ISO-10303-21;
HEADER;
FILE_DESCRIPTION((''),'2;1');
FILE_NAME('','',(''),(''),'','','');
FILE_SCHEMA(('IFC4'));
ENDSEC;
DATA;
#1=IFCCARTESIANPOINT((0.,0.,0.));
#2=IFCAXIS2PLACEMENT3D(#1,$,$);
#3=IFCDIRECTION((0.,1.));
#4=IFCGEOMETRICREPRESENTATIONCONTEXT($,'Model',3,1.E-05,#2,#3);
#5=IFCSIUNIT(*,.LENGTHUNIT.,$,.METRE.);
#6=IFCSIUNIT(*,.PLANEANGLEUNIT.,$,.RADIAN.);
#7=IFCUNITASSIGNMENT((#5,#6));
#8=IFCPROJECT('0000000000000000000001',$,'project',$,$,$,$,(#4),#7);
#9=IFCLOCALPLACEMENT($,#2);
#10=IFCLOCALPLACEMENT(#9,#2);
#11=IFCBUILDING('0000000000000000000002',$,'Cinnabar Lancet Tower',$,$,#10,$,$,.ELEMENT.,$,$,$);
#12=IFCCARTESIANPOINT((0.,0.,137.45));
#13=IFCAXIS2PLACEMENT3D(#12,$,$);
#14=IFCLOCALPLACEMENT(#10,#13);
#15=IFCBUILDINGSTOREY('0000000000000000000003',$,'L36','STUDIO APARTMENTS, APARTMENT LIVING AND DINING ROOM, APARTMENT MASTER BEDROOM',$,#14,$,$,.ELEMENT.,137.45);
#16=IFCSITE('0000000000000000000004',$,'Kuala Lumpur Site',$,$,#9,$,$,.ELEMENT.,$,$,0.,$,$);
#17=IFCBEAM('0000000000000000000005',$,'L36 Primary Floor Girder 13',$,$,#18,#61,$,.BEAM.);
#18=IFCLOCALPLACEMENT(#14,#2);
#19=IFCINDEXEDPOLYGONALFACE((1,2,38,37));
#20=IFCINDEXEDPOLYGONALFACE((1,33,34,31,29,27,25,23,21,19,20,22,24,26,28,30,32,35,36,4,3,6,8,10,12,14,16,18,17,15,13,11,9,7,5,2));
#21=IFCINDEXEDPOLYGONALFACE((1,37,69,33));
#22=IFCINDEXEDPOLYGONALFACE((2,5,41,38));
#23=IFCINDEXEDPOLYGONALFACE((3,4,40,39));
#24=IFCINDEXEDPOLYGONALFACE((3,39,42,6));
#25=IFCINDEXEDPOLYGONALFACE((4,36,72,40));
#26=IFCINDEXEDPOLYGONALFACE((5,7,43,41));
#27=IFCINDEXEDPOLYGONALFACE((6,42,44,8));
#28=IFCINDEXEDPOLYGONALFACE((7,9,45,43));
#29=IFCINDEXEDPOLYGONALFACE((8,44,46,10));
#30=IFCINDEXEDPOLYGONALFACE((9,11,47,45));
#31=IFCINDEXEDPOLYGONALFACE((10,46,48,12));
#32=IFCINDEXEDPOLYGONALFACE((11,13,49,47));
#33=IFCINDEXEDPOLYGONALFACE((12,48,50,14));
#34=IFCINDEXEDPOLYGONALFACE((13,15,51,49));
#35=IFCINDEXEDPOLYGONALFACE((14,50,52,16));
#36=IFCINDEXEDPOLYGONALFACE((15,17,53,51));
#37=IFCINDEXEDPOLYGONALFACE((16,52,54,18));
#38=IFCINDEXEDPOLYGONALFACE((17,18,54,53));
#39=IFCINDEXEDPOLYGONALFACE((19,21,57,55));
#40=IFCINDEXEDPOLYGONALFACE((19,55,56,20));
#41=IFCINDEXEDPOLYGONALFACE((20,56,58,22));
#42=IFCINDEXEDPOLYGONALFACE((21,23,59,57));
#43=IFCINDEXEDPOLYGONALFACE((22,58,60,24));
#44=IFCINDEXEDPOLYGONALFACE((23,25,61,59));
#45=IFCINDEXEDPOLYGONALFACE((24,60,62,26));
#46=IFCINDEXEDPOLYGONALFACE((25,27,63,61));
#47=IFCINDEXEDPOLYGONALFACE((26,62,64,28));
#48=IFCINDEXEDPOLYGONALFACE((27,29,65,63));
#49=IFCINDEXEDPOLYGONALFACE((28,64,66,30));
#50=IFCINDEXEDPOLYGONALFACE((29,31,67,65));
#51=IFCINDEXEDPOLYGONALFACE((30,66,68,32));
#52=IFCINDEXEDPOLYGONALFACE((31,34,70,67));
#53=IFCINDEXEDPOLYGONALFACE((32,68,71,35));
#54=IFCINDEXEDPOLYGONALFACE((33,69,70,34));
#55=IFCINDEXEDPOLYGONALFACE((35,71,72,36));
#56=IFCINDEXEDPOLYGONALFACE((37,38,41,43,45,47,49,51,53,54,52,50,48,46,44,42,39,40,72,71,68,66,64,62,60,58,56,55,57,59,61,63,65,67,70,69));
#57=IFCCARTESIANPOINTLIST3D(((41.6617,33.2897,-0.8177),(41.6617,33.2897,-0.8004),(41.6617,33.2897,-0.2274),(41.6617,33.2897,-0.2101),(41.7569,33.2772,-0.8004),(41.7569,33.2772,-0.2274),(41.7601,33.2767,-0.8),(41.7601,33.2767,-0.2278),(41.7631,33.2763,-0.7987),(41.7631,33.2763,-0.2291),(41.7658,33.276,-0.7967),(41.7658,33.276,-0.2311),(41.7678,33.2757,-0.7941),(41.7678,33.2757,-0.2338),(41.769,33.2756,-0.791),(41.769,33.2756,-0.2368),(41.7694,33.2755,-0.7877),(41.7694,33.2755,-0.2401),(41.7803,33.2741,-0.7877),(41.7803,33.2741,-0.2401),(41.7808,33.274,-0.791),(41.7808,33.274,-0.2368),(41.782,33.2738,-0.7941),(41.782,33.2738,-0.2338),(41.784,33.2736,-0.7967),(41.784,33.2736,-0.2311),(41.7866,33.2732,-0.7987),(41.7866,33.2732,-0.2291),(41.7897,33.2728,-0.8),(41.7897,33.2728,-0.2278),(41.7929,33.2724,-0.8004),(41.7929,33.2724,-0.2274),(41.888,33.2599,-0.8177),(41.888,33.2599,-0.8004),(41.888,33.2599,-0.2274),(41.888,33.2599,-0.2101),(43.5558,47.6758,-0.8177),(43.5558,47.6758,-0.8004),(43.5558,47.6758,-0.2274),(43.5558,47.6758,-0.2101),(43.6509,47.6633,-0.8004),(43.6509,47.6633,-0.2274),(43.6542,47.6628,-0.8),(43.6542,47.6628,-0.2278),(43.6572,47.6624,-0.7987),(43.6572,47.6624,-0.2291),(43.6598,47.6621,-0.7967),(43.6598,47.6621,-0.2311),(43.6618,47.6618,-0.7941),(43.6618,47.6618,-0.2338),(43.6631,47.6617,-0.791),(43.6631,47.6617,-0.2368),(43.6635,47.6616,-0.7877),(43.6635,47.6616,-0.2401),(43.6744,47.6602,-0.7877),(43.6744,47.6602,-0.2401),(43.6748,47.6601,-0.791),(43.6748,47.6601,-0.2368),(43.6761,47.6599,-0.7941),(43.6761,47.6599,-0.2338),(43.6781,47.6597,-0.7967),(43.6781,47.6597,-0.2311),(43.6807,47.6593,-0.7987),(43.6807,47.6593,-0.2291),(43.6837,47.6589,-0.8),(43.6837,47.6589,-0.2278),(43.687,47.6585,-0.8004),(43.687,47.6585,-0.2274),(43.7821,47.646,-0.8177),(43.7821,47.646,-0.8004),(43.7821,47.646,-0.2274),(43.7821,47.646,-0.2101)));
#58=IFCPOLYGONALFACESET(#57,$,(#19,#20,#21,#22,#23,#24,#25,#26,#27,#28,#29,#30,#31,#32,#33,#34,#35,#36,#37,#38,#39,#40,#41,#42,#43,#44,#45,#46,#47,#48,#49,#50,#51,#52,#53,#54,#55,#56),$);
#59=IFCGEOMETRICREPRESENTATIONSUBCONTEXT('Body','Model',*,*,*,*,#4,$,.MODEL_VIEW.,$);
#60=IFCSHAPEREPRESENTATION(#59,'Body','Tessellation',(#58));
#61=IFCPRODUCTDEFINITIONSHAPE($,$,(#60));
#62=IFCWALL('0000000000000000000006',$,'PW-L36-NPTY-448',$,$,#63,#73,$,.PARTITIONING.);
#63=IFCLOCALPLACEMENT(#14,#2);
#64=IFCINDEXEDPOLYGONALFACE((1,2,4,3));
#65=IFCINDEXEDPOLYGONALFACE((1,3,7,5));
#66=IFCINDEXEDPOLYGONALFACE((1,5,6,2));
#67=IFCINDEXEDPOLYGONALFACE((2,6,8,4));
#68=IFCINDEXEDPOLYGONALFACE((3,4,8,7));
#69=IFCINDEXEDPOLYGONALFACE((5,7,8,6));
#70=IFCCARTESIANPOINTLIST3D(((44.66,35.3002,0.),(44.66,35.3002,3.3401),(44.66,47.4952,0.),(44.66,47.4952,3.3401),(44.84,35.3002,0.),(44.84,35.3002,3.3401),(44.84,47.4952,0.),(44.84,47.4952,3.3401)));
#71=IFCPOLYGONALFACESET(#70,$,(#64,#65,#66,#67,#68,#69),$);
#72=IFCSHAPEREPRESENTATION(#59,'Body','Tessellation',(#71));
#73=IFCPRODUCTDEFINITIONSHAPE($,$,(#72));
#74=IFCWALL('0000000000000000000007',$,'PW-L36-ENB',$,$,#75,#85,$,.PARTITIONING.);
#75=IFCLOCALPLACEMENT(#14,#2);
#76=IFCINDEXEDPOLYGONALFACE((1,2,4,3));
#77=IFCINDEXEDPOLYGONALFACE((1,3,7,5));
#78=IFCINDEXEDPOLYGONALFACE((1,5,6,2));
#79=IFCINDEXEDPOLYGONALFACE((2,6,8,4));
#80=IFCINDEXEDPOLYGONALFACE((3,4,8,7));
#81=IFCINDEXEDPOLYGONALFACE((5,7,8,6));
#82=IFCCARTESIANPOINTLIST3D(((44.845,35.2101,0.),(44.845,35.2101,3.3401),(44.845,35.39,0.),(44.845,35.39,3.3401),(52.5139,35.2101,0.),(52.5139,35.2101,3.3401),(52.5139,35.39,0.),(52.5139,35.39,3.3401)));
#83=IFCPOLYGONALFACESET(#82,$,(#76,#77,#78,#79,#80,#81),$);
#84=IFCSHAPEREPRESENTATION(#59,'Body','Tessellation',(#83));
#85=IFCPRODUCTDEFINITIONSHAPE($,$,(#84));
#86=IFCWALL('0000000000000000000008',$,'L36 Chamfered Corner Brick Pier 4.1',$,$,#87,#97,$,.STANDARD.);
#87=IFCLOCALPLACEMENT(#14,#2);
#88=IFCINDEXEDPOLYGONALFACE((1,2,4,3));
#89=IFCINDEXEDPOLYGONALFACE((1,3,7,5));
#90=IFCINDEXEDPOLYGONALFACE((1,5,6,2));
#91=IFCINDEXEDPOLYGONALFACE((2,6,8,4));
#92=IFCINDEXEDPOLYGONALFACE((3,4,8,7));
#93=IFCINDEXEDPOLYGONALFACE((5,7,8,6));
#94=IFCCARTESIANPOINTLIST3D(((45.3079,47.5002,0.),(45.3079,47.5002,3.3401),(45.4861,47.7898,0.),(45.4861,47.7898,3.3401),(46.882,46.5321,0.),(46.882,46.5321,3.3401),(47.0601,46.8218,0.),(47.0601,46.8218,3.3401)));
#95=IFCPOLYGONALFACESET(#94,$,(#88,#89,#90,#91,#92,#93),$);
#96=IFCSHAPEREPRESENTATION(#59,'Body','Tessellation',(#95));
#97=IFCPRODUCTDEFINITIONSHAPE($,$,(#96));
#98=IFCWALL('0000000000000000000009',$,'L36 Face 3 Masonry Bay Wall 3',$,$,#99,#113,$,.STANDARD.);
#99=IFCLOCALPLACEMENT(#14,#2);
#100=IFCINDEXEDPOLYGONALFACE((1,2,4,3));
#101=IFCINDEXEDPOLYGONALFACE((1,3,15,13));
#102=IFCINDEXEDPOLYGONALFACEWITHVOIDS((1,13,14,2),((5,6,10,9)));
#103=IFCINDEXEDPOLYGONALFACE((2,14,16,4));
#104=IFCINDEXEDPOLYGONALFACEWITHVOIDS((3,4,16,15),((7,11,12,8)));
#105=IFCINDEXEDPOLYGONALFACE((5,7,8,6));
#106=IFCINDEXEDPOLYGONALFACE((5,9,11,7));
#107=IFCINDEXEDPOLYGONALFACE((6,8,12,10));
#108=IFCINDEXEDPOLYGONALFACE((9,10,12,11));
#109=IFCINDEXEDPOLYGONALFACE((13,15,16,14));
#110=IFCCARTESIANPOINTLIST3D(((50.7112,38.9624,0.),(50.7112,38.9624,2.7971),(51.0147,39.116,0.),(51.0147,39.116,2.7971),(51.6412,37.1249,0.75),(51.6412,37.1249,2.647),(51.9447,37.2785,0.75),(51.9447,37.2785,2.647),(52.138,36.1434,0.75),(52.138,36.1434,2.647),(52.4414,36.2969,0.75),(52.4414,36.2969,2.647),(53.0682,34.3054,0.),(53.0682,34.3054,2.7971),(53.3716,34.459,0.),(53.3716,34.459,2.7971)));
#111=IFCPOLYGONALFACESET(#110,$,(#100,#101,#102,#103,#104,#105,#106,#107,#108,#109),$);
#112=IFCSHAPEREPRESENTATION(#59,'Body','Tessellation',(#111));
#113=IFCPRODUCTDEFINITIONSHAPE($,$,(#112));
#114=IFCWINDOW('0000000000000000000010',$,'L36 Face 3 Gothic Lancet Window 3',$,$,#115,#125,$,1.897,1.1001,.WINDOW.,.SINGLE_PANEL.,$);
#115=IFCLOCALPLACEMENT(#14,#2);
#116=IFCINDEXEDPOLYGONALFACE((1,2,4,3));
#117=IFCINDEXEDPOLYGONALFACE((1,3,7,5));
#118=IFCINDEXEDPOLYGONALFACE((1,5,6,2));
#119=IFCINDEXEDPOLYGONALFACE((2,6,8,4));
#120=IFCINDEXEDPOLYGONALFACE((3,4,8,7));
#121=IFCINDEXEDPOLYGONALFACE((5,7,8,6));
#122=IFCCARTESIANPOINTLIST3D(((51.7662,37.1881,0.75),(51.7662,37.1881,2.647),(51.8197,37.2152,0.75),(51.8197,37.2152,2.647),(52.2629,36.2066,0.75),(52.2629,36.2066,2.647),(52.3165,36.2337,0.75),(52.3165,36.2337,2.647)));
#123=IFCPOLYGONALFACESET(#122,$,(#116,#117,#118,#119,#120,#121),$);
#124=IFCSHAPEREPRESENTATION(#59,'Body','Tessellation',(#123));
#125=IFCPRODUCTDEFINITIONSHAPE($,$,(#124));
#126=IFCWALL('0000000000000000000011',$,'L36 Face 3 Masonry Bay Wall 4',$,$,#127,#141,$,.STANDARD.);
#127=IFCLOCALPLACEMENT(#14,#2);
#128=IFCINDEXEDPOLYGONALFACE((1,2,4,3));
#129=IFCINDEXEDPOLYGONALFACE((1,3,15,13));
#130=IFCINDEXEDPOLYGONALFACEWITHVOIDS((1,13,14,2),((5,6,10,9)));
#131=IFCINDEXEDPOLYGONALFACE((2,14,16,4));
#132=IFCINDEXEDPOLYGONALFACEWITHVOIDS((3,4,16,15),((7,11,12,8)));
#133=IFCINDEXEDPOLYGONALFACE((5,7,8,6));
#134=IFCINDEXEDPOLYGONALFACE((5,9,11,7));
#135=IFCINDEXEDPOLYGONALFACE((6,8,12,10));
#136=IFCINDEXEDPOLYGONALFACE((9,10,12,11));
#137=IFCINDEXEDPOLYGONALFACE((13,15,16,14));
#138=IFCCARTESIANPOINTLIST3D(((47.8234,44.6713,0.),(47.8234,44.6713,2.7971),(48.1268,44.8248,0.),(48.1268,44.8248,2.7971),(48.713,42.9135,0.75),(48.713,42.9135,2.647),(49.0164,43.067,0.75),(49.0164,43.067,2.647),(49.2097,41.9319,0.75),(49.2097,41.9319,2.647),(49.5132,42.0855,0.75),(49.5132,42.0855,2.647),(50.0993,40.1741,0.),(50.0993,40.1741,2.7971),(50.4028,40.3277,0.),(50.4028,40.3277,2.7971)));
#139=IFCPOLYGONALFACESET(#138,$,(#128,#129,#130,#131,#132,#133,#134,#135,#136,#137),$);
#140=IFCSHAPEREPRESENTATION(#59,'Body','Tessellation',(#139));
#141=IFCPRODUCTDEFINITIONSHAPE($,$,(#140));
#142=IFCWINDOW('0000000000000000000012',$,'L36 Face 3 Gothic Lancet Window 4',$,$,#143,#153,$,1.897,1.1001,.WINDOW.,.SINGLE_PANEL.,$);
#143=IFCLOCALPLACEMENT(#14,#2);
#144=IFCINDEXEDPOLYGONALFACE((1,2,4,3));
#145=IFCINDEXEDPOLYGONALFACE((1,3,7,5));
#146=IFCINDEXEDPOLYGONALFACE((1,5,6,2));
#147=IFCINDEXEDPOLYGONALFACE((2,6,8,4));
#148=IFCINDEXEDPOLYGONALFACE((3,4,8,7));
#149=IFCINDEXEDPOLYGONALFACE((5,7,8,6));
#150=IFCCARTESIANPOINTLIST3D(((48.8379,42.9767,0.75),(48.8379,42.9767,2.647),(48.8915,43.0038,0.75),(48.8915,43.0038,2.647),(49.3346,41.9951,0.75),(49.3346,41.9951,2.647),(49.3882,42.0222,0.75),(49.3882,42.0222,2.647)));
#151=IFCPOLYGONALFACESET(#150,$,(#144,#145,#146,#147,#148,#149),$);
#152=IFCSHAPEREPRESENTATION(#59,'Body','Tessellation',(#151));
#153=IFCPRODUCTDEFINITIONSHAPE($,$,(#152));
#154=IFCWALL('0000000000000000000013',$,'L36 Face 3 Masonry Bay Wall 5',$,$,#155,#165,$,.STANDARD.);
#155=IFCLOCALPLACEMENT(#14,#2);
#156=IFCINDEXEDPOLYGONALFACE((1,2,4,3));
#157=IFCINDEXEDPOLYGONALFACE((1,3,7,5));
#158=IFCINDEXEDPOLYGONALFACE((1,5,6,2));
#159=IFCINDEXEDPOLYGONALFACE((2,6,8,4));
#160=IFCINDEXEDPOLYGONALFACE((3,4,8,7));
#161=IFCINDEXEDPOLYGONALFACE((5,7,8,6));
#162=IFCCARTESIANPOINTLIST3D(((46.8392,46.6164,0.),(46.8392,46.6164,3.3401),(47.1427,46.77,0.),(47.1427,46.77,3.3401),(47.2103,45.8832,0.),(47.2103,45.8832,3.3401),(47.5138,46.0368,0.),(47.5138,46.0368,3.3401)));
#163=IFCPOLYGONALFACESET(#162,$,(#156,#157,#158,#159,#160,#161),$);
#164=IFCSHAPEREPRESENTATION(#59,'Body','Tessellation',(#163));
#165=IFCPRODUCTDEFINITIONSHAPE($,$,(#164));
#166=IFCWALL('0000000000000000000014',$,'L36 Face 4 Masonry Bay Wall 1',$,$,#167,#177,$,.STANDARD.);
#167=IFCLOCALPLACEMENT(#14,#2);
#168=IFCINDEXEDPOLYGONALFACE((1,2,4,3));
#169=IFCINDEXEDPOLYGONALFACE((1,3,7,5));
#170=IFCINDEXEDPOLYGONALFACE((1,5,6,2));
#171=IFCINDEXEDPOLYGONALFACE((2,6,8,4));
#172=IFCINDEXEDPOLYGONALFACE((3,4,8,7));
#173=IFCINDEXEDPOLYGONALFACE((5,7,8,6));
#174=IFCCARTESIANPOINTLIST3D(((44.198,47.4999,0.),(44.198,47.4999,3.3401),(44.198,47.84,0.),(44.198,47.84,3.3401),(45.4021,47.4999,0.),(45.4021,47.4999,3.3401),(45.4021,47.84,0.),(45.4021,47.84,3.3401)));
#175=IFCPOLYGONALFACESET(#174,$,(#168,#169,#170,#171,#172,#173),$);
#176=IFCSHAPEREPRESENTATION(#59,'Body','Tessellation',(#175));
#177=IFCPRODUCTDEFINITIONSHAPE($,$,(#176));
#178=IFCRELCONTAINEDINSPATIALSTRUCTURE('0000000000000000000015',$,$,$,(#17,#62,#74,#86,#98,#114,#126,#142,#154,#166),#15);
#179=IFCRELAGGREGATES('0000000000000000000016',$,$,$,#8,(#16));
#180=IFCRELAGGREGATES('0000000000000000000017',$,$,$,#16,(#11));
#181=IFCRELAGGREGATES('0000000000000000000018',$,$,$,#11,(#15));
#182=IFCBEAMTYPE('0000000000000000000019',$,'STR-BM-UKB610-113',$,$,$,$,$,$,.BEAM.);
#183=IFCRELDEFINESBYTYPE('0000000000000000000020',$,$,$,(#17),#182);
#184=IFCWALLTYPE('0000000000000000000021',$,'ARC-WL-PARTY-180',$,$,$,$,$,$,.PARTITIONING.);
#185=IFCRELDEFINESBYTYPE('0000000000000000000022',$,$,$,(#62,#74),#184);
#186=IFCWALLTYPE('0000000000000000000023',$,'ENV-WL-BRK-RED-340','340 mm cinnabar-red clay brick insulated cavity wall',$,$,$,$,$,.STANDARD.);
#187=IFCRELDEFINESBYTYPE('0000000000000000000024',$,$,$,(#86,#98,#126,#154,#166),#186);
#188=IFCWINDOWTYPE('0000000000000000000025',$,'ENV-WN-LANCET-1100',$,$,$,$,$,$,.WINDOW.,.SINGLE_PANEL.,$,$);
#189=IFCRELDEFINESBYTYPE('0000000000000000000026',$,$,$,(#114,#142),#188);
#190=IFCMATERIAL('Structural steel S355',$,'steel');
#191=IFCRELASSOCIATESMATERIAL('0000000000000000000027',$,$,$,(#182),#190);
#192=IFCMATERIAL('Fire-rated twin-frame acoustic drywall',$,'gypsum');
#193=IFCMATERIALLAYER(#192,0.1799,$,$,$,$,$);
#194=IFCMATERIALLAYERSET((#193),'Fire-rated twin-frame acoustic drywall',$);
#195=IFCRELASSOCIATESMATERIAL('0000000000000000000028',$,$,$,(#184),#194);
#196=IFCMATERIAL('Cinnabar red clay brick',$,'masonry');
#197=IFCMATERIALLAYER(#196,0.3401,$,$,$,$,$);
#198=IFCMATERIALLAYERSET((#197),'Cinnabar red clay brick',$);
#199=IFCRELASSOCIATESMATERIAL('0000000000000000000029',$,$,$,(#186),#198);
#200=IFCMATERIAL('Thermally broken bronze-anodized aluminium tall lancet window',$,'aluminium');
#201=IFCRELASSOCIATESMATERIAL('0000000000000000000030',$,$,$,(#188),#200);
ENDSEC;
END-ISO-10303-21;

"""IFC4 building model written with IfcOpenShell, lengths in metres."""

from ifc_helpers import new_model, si_unit, direction, frame, frame_2d, origin, origin_2d, place, context, subcontext, project, spatial, rectangle, i_section, extrude, material, layer, layer_set, material_profile, profile_set, type_object, element, fill, save


model = new_model("IFC4")

# Units and contexts
model_context = context("Model", 3, precision=1e-05, world=origin(), true_north=direction((0.0, 1.0)))
body_context = subcontext(model_context, "Body", "Model", "MODEL_VIEW")
ifc_project = project(units=[si_unit("LENGTHUNIT", "METRE"), si_unit("PLANEANGLEUNIT", "RADIAN")], contexts=[model_context])

# Site, building, storey
site_placement = place(None, origin())
site = spatial("IfcSite", under=ifc_project, at=site_placement, Name="Kuala Lumpur Site", CompositionType="ELEMENT", RefElevation=0.0)
building_placement = place(site_placement, origin())
building = spatial("IfcBuilding", under=site, at=building_placement, Name="Cinnabar Lancet Tower", CompositionType="ELEMENT")
storey_placement = place(building_placement, frame((0.0, 0.0, 137.45)))
storey = spatial("IfcBuildingStorey", under=building, at=storey_placement, Name="L36", Description="STUDIO APARTMENTS, APARTMENT LIVING AND DINING ROOM, APARTMENT MASTER BEDROOM", CompositionType="ELEMENT", Elevation=137.45)

# Beam
ifc_material_1 = material(Name="Structural steel S355", Category="steel")
ifc_material_profile_1 = material_profile(ifc_material_1, i_section(OverallWidth=0.2283, OverallDepth=0.6077, WebThickness=0.011, FlangeThickness=0.0173, FilletRadius=0.0127, at=origin_2d()), Name="UKB 610x229x113")
ifc_profile_set_1 = profile_set([ifc_material_profile_1], Name="Structural steel S355")
beam_type_1 = type_object("IfcBeamType", Name="STR-BM-UKB610-113", PredefinedType="BEAM", material=ifc_profile_set_1)
beam_1_placement = place(storey_placement, frame((43.6689, 47.6609, -0.5139), z_axis=(-0.130532, -0.991444, 0.0), x_axis=(0.991444, -0.130532, 0.0)))
element("IfcBeam", 1, at=beam_1_placement, inside=storey, type_object=beam_type_1, Name="L36 Primary Floor Girder 13", PredefinedType="BEAM", context=body_context, shape_type="SweptSolid", body=[
    extrude(i_section(OverallWidth=0.2283, OverallDepth=0.6077, WebThickness=0.011, FlangeThickness=0.0173, FilletRadius=0.0127, at=origin_2d()), origin(), (0.0, 0.0, 1.0), 14.5103),
])

# Walls
ifc_material_2 = material(Name="Fire-rated twin-frame acoustic drywall", Category="gypsum")
ifc_layer_1 = layer(ifc_material_2, 0.1799)
ifc_layer_set_1 = layer_set([ifc_layer_1], Name="Fire-rated twin-frame acoustic drywall")
wall_type_1 = type_object("IfcWallType", Name="ARC-WL-PARTY-180", PredefinedType="PARTITIONING", material=ifc_layer_set_1)
wall_1_placement = place(storey_placement, frame((44.75, 35.3, 0.0), z_axis=(0.0, 0.0, 1.0), x_axis=(0.0, 1.0, 0.0)))
element("IfcWall", 2, at=wall_1_placement, inside=storey, type_object=wall_type_1, Name="PW-L36-NPTY-448", PredefinedType="PARTITIONING", context=body_context, shape_type="SweptSolid", body=[
    extrude(rectangle(XDim=12.1951, YDim=0.1799, at=frame_2d((6.0977, 0.0))), origin(), (0.0, 0.0, 1.0), 3.3401),
])
wall_2_placement = place(storey_placement, frame((44.845, 35.3, 0.0), z_axis=(0.0, 0.0, 1.0), x_axis=(1.0, 0.0, 0.0)))
element("IfcWall", 3, at=wall_2_placement, inside=storey, type_object=wall_type_1, Name="PW-L36-ENB", PredefinedType="PARTITIONING", context=body_context, shape_type="SweptSolid", body=[
    extrude(rectangle(XDim=7.6689, YDim=0.1799, at=frame_2d((3.8345, 0.0))), origin(), (0.0, 0.0, 1.0), 3.3401),
])
ifc_material_3 = material(Name="Cinnabar red clay brick", Category="masonry")
ifc_layer_2 = layer(ifc_material_3, 0.3401)
ifc_layer_set_2 = layer_set([ifc_layer_2], Name="Cinnabar red clay brick")
wall_type_2 = type_object("IfcWallType", Name="ENV-WL-BRK-RED-340", Description="340 mm cinnabar-red clay brick insulated cavity wall", PredefinedType="STANDARD", material=ifc_layer_set_2)
wall_3_placement = place(storey_placement, frame((46.9709, 46.677, 0.0), z_axis=(0.0, 0.0, 1.0), x_axis=(-0.851799, 0.523869, 0.0)))
element("IfcWall", 4, at=wall_3_placement, inside=storey, type_object=wall_type_2, Name="L36 Chamfered Corner Brick Pier 4.1", PredefinedType="STANDARD", context=body_context, shape_type="SweptSolid", body=[
    extrude(rectangle(XDim=1.8479, YDim=0.3401, at=frame_2d((0.9238, 0.0))), origin(), (0.0, 0.0, 1.0), 3.3401),
])

# Walls, openings, windows
wall_4_placement = place(storey_placement, frame((53.22, 34.3821, 0.0), z_axis=(0.0, 0.0, 1.0), x_axis=(-0.451568, 0.892237, 0.0)))
wall_4 = element("IfcWall", 5, at=wall_4_placement, inside=storey, type_object=wall_type_2, Name="L36 Face 3 Masonry Bay Wall 3", PredefinedType="STANDARD", context=body_context, shape_type="SweptSolid", body=[
    extrude(rectangle(XDim=5.2195, YDim=0.3401, at=frame_2d((2.6099, 0.0))), origin(), (0.0, 0.0, 1.0), 2.7971),
])
opening_1_placement = place(wall_4_placement, frame((2.0601, 0.0, 0.75)))
opening_1 = element("IfcOpeningElement", 6, at=opening_1_placement, cuts=wall_4, PredefinedType="OPENING", context=body_context, shape_type="SweptSolid", body=[
    extrude(rectangle(XDim=1.1001, YDim=1.897, at=frame_2d((0.55, 0.9485))), frame((0.0, 0.1799, 0.0), z_axis=(0.0, -1.0, 0.0), x_axis=(1.0, 0.0, 0.0)), (0.0, 0.0, 1.0), 0.3601),
])
ifc_material_4 = material(Name="Thermally broken bronze-anodized aluminium tall lancet window", Category="aluminium")
window_type = type_object("IfcWindowType", Name="ENV-WN-LANCET-1100", PartitioningType="SINGLE_PANEL", PredefinedType="WINDOW", material=ifc_material_4)
window_1_placement = place(opening_1_placement, origin())
window_1 = element("IfcWindow", 7, at=window_1_placement, inside=storey, type_object=window_type, Name="L36 Face 3 Gothic Lancet Window 3", OverallHeight=1.897, OverallWidth=1.1001, PartitioningType="SINGLE_PANEL", PredefinedType="WINDOW", context=body_context, shape_type="SweptSolid", body=[
    extrude(rectangle(XDim=1.1001, YDim=1.897, at=frame_2d((0.55, 0.9485))), frame((0.0, 0.03, 0.0), z_axis=(0.0, -1.0, 0.0), x_axis=(1.0, 0.0, 0.0)), (0.0, 0.0, 1.0), 0.0601),
])
fill(opening_1, window_1)
wall_5_placement = place(storey_placement, frame((50.251, 40.251, 0.0), z_axis=(0.0, 0.0, 1.0), x_axis=(-0.451548, 0.892247, 0.0)))
wall_5 = element("IfcWall", 8, at=wall_5_placement, inside=storey, type_object=wall_type_2, Name="L36 Face 3 Masonry Bay Wall 4", PredefinedType="STANDARD", context=body_context, shape_type="SweptSolid", body=[
    extrude(rectangle(XDim=5.0403, YDim=0.3401, at=frame_2d((2.52, 0.0))), origin(), (0.0, 0.0, 1.0), 2.7971),
])
opening_2_placement = place(wall_5_placement, frame((1.97, 0.0, 0.75)))
opening_2 = element("IfcOpeningElement", 9, at=opening_2_placement, cuts=wall_5, PredefinedType="OPENING", context=body_context, shape_type="SweptSolid", body=[
    extrude(rectangle(XDim=1.1001, YDim=1.897, at=frame_2d((0.55, 0.9485))), frame((0.0, 0.1799, 0.0), z_axis=(0.0, -1.0, 0.0), x_axis=(1.0, 0.0, 0.0)), (0.0, 0.0, 1.0), 0.3601),
])
window_2_placement = place(opening_2_placement, origin())
window_2 = element("IfcWindow", 10, at=window_2_placement, inside=storey, type_object=window_type, Name="L36 Face 3 Gothic Lancet Window 4", OverallHeight=1.897, OverallWidth=1.1001, PartitioningType="SINGLE_PANEL", PredefinedType="WINDOW", context=body_context, shape_type="SweptSolid", body=[
    extrude(rectangle(XDim=1.1001, YDim=1.897, at=frame_2d((0.55, 0.9485))), frame((0.0, 0.03, 0.0), z_axis=(0.0, -1.0, 0.0), x_axis=(1.0, 0.0, 0.0)), (0.0, 0.0, 1.0), 0.0601),
])
fill(opening_2, window_2)

# Walls
wall_6_placement = place(storey_placement, frame((47.3621, 45.96, 0.0), z_axis=(0.0, 0.0, 1.0), x_axis=(-0.451605, 0.892218, 0.0)))
element("IfcWall", 11, at=wall_6_placement, inside=storey, type_object=wall_type_2, Name="L36 Face 3 Masonry Bay Wall 5", PredefinedType="STANDARD", context=body_context, shape_type="SweptSolid", body=[
    extrude(rectangle(XDim=0.8218, YDim=0.3401, at=frame_2d((0.4109, 0.0))), origin(), (0.0, 0.0, 1.0), 3.3401),
])
wall_7_placement = place(storey_placement, frame((45.4021, 47.6699, 0.0), z_axis=(0.0, 0.0, 1.0), x_axis=(-1.0, 0.0, 0.0)))
element("IfcWall", 12, at=wall_7_placement, inside=storey, type_object=wall_type_2, Name="L36 Face 4 Masonry Bay Wall 1", PredefinedType="STANDARD", context=body_context, shape_type="SweptSolid", body=[
    extrude(rectangle(XDim=1.2041, YDim=0.3401, at=frame_2d((0.6021, 0.0))), origin(), (0.0, 0.0, 1.0), 3.3401),
])

save(model, "model.ifc")
